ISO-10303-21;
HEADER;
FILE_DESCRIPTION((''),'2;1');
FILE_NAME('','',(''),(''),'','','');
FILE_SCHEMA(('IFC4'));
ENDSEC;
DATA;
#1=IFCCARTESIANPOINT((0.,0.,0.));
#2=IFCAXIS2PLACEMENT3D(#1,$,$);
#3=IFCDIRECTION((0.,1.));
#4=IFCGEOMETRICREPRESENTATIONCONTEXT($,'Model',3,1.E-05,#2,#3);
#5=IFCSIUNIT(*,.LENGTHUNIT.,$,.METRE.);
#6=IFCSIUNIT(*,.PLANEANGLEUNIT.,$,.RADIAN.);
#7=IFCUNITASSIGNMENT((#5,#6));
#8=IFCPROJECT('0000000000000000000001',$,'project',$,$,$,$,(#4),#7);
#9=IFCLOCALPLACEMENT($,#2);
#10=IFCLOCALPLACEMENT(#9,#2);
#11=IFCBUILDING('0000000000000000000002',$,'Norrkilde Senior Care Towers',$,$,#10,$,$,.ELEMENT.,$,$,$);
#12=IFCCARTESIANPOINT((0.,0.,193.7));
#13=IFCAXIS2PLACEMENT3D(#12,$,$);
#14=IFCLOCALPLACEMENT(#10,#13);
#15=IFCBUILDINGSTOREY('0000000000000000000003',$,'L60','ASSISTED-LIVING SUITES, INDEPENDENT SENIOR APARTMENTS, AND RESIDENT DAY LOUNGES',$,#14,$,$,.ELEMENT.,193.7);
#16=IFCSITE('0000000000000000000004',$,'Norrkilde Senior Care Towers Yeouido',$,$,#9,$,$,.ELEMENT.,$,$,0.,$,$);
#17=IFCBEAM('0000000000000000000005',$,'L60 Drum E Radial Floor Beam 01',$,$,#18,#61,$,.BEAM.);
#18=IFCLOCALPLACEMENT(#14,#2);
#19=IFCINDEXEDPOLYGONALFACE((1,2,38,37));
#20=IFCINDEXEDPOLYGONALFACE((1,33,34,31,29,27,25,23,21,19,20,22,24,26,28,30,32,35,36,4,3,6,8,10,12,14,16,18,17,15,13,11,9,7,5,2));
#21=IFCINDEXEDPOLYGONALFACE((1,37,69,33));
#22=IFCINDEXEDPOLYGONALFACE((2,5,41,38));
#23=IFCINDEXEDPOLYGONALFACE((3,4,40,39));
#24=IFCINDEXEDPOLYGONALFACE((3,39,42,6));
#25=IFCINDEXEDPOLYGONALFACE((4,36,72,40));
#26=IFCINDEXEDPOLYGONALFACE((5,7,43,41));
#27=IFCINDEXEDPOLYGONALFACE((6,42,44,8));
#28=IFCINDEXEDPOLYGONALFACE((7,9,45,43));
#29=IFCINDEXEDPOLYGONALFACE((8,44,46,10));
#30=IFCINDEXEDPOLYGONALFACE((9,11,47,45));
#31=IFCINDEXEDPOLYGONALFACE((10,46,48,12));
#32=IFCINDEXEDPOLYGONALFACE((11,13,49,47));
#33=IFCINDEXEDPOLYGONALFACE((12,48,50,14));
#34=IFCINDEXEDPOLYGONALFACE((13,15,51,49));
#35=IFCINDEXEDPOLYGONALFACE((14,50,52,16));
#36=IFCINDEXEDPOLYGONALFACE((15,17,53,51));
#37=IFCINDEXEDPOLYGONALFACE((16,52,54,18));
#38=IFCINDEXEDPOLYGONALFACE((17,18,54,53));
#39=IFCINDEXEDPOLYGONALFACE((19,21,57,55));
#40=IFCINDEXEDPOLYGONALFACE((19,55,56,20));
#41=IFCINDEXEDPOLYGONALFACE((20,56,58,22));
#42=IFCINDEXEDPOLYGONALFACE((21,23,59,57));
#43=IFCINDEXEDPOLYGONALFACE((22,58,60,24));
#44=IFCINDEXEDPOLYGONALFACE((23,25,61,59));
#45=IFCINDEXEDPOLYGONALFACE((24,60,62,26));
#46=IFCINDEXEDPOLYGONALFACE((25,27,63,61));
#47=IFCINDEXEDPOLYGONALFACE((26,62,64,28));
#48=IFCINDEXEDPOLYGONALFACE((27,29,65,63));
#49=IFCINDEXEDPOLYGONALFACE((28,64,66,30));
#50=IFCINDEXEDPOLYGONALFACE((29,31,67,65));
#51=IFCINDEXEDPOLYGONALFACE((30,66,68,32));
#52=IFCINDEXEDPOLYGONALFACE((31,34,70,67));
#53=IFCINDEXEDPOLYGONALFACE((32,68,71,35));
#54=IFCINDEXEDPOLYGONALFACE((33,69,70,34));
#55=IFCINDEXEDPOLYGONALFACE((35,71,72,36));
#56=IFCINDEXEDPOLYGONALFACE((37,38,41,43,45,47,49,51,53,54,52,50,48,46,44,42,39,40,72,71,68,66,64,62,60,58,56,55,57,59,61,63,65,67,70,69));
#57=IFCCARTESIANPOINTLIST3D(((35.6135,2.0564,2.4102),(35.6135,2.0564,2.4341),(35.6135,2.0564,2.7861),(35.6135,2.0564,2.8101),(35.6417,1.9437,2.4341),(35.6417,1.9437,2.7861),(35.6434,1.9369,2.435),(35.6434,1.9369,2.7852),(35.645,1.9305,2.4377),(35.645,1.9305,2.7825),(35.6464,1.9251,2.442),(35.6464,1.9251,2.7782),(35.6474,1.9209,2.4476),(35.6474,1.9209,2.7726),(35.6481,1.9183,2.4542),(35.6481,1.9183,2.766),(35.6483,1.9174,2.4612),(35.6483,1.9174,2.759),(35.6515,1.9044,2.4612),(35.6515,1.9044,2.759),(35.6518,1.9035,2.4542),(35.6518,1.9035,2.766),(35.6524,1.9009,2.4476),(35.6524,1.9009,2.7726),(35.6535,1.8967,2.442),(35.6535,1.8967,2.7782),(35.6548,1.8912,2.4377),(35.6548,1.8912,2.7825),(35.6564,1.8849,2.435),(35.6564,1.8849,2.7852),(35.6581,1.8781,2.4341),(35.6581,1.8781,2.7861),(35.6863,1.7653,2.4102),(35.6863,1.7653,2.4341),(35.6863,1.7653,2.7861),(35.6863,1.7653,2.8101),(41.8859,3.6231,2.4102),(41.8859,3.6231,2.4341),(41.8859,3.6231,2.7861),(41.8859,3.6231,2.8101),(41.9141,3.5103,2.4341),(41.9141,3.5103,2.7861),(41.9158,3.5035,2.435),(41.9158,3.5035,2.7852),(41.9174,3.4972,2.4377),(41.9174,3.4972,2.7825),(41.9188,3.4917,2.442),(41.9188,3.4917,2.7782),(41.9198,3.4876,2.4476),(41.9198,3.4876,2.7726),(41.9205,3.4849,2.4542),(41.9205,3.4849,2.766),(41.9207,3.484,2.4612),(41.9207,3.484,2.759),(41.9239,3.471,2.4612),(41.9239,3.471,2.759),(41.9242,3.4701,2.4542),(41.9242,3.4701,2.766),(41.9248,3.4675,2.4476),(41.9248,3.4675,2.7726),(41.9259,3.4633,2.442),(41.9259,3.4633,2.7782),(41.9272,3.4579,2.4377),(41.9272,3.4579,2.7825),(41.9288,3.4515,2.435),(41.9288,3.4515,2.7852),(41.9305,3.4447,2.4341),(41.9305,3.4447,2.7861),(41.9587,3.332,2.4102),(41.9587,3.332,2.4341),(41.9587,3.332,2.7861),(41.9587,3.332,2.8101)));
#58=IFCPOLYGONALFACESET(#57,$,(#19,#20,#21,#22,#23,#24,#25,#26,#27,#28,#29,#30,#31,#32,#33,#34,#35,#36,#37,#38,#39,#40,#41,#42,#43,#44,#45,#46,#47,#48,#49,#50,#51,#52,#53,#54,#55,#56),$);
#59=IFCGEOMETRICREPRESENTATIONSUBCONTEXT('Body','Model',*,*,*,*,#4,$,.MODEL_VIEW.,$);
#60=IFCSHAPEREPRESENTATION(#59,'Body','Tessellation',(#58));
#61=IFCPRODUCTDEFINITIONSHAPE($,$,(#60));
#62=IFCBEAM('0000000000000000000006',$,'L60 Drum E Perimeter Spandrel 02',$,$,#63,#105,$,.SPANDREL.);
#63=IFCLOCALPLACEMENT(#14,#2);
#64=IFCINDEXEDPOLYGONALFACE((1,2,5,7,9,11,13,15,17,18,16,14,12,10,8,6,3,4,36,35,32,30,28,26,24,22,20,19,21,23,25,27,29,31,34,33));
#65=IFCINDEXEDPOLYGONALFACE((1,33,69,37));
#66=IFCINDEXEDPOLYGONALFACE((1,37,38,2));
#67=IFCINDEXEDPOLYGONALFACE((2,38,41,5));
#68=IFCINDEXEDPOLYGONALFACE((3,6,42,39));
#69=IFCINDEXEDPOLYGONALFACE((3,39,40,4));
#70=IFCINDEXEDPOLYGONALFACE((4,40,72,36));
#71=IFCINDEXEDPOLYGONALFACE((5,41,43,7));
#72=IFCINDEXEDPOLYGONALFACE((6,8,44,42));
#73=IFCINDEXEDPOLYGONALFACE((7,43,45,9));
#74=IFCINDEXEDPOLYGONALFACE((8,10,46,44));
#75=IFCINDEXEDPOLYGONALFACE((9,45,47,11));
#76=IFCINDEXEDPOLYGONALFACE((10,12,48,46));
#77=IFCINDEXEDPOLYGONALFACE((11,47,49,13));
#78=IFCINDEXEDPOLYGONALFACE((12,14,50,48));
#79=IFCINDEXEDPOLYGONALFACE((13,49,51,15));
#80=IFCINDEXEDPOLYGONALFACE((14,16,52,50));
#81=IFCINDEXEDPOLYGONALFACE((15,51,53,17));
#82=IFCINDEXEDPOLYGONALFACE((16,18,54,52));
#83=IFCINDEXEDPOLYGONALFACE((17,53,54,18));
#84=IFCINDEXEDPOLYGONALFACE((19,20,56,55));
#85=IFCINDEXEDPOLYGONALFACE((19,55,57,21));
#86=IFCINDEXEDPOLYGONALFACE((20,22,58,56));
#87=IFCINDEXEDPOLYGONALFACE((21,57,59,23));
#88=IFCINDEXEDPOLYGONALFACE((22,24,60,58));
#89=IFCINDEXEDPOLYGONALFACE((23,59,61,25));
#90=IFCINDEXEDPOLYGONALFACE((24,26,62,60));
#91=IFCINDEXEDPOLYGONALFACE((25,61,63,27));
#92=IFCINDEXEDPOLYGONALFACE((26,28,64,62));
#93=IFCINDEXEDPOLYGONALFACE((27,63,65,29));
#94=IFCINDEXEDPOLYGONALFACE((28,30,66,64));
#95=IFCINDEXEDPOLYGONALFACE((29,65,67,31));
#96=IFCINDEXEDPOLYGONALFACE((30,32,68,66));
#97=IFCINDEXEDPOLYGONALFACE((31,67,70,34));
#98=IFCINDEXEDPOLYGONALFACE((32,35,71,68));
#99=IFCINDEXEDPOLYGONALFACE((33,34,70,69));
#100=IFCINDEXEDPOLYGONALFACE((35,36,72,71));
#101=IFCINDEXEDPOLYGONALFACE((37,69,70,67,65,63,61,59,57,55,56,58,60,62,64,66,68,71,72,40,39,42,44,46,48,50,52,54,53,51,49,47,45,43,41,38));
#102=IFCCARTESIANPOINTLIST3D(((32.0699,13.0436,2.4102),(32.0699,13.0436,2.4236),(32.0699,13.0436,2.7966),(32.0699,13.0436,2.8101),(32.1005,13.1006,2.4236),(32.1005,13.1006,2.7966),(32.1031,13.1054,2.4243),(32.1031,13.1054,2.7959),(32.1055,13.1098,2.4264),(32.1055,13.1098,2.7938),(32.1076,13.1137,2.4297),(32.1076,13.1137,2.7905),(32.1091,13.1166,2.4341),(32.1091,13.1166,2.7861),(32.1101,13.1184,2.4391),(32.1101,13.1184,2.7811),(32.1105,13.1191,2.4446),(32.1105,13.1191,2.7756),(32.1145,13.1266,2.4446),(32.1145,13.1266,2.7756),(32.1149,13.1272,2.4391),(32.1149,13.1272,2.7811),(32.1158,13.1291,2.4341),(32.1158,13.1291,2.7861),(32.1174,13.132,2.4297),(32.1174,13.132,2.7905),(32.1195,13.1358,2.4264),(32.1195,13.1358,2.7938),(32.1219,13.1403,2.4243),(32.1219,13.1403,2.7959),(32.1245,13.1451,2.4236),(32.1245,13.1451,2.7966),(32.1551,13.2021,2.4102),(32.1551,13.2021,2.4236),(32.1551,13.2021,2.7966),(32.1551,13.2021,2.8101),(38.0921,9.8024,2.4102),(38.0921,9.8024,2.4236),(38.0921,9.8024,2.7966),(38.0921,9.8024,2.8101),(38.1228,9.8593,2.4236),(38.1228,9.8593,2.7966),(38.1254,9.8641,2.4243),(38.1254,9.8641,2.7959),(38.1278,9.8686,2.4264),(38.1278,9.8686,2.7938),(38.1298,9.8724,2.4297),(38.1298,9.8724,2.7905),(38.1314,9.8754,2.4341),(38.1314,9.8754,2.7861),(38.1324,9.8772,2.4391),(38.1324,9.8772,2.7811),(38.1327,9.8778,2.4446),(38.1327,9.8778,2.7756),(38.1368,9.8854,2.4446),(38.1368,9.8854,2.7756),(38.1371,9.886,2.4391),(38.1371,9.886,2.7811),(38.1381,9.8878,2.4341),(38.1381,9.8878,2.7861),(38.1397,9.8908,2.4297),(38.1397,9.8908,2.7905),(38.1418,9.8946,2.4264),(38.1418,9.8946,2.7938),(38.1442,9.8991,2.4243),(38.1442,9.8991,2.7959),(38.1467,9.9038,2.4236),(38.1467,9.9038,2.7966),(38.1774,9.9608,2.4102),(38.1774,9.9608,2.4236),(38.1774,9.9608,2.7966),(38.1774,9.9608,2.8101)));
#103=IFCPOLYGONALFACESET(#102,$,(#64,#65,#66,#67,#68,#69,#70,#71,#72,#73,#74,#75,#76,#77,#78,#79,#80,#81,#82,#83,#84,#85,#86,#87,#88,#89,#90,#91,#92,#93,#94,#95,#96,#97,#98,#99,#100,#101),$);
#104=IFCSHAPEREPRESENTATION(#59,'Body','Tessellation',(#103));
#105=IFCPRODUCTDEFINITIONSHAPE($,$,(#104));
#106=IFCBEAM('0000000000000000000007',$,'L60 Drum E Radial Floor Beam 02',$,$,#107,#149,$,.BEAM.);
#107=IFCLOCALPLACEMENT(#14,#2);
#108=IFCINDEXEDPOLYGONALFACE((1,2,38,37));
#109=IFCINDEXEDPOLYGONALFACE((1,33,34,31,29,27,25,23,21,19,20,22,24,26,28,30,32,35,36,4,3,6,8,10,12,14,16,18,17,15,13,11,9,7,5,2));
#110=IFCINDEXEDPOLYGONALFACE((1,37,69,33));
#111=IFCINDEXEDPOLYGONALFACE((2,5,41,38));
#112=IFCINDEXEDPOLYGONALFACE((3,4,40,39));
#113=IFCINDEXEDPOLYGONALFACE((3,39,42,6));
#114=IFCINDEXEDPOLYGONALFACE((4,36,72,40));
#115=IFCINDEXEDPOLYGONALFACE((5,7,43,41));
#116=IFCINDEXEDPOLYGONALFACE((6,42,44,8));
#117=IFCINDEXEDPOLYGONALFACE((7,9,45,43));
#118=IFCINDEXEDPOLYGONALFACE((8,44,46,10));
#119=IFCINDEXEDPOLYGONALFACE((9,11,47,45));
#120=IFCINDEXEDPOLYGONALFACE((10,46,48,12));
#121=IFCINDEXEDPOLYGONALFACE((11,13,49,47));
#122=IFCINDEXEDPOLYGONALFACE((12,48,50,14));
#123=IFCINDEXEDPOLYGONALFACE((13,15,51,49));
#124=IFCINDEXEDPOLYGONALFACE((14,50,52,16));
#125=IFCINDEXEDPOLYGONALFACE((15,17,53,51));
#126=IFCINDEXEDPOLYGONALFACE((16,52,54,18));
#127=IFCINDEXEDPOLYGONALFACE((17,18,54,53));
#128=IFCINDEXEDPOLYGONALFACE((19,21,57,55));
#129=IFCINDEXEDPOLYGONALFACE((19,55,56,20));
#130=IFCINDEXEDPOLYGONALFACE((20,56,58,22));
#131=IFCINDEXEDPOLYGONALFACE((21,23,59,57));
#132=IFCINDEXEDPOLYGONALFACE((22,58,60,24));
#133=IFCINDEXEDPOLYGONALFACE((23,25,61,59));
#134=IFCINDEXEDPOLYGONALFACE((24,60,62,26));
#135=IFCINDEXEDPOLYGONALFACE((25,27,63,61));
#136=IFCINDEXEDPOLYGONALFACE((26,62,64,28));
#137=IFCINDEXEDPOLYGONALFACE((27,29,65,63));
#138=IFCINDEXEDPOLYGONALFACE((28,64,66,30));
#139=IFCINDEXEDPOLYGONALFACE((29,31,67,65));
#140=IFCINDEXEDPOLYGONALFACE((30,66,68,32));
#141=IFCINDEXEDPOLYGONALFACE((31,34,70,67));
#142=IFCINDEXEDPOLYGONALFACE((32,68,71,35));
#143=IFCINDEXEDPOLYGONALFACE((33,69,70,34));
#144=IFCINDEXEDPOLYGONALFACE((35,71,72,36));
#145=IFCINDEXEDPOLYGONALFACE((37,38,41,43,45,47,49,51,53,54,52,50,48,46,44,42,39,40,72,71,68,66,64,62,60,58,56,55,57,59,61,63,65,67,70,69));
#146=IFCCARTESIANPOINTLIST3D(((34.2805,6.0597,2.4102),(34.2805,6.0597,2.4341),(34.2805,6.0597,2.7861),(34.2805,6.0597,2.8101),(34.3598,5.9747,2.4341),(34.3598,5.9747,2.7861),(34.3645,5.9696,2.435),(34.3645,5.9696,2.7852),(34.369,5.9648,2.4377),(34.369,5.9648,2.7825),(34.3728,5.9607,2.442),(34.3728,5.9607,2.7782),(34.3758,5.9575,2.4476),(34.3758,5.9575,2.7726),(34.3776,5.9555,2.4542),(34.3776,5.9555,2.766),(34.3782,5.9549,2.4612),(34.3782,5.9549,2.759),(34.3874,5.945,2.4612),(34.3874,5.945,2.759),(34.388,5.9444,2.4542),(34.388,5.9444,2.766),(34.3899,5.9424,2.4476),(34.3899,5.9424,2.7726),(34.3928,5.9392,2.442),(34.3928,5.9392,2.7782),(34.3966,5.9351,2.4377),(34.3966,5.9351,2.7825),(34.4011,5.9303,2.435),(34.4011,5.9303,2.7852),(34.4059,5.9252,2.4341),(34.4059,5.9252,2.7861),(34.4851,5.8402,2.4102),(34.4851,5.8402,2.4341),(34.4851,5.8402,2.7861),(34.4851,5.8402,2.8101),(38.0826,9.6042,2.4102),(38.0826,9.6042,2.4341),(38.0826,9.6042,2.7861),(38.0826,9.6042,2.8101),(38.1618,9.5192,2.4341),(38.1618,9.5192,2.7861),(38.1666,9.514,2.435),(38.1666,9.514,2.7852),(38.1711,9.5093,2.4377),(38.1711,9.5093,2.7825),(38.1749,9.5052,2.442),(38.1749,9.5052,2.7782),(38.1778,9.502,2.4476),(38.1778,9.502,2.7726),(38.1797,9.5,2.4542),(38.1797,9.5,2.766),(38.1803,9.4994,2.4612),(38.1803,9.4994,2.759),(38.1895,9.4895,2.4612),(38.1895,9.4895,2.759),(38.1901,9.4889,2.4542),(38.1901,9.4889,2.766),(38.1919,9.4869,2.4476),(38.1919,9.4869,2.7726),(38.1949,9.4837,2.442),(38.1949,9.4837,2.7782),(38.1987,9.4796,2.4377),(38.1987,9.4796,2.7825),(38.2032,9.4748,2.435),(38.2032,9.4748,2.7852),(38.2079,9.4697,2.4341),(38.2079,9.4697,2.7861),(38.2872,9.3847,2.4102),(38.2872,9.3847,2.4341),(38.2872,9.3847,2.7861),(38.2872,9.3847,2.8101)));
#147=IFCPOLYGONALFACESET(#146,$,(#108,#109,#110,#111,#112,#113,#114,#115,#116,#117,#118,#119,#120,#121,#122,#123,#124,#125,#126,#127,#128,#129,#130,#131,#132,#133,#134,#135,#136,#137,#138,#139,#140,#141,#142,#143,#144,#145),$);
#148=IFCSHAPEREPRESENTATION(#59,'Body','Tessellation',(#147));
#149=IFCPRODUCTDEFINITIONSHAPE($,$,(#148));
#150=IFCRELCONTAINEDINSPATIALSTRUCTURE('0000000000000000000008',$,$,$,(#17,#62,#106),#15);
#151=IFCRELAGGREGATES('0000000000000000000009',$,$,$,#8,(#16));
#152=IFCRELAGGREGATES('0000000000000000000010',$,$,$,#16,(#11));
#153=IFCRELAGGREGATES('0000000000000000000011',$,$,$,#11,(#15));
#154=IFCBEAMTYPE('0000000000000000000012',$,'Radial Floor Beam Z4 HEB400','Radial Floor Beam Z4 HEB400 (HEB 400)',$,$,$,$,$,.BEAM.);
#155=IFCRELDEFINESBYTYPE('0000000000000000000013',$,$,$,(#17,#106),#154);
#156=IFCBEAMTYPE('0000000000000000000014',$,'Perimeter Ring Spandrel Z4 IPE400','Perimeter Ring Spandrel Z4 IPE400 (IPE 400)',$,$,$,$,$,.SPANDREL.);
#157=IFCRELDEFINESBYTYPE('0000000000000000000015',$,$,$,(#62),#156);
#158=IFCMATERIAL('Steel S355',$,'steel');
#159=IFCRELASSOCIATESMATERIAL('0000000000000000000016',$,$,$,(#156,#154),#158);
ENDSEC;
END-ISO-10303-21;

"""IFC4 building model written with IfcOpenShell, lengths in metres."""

from ifc_helpers import new_model, si_unit, direction, frame, origin, origin_2d, place, context, subcontext, project, spatial, i_section, extrude, source, transform, mapped, material, material_profile, profile_set, type_object, type_shapes, element, save


model = new_model("IFC4")

# Units and contexts
model_context = context("Model", 3, precision=1e-05, world=origin(), true_north=direction((0.0, 1.0)))
body_context = subcontext(model_context, "Body", "Model", "MODEL_VIEW")
ifc_project = project(units=[si_unit("LENGTHUNIT", "METRE"), si_unit("PLANEANGLEUNIT", "RADIAN")], contexts=[model_context])

# Site, building, storey
site_placement = place(None, origin())
site = spatial("IfcSite", under=ifc_project, at=site_placement, Name="Norrkilde Senior Care Towers Yeouido", CompositionType="ELEMENT", RefElevation=0.0)
building_placement = place(site_placement, origin())
building = spatial("IfcBuilding", under=site, at=building_placement, Name="Norrkilde Senior Care Towers", CompositionType="ELEMENT")
storey_placement = place(building_placement, frame((0.0, 0.0, 193.7)))
storey = spatial("IfcBuildingStorey", under=building, at=storey_placement, Name="L60", Description="ASSISTED-LIVING SUITES, INDEPENDENT SENIOR APARTMENTS, AND RESIDENT DAY LOUNGES", CompositionType="ELEMENT", Elevation=193.7)

# Beams
ifc_material_1 = material(Name="Steel S355", Category="steel")
ifc_material_profile_1 = material_profile(ifc_material_1, i_section(OverallWidth=0.1799, OverallDepth=0.3999, WebThickness=0.0085, FlangeThickness=0.0134, FilletRadius=0.021, at=origin_2d()), Name="IPE 400")
ifc_profile_set_1 = profile_set([ifc_material_profile_1], Name="Steel S355")
beam_type_1 = type_object("IfcBeamType", Name="Perimeter Ring Spandrel Z4 IPE400", Description="Perimeter Ring Spandrel Z4 IPE400 (IPE 400)", PredefinedType="SPANDREL", material=ifc_profile_set_1)
ifc_material_profile_2 = material_profile(ifc_material_1, i_section(OverallWidth=0.3, OverallDepth=0.3999, WebThickness=0.0134, FlangeThickness=0.0239, FilletRadius=0.0271, at=origin_2d()), Name="HEB 400")
ifc_profile_set_2 = profile_set([ifc_material_profile_2], Name="Steel S355")
beam_type_2 = type_object("IfcBeamType", Name="Radial Floor Beam Z4 HEB400", Description="Radial Floor Beam Z4 HEB400 (HEB 400)", PredefinedType="BEAM", material=ifc_profile_set_2)
shared_shape_1 = source(origin(), body_context, "Body", "SweptSolid", [
    extrude(i_section(OverallWidth=0.3, OverallDepth=0.3999, WebThickness=0.0134, FlangeThickness=0.0239, FilletRadius=0.0271, at=origin_2d()), origin(), (0.0, 0.0, 1.0), 6.4651),
])
beam_1_placement = place(storey_placement, frame((35.6499, 1.9109, 2.6101), z_axis=(0.970196, 0.242322, 0.0), x_axis=(-0.242322, 0.970196, 0.0)))
element("IfcBeam", 1, at=beam_1_placement, inside=storey, type_object=beam_type_2, Name="L60 Drum E Radial Floor Beam 01", PredefinedType="BEAM", context=body_context, shape_type="MappedRepresentation", body=[
    mapped(shared_shape_1, transform((0.0, 0.0, 0.0), x_axis=(1.0, 0.0, 0.0), y_axis=(0.0, 1.0, 0.0), z_axis=(0.0, 0.0, 1.0), scale=1.0)),
])
shared_shape_2 = source(origin(), body_context, "Body", "SweptSolid", [
    extrude(i_section(OverallWidth=0.1799, OverallDepth=0.3999, WebThickness=0.0085, FlangeThickness=0.0134, FilletRadius=0.021, at=origin_2d()), origin(), (0.0, 0.0, 1.0), 6.8391),
])
beam_2_placement = place(storey_placement, frame((38.1348, 9.8816, 2.6101), z_axis=(-0.880564, 0.473927, 0.0), x_axis=(-0.473927, -0.880564, 0.0)))
element("IfcBeam", 2, at=beam_2_placement, inside=storey, type_object=beam_type_1, Name="L60 Drum E Perimeter Spandrel 02", PredefinedType="SPANDREL", context=body_context, shape_type="MappedRepresentation", body=[
    mapped(shared_shape_2, transform((0.0, 0.0, 0.0), x_axis=(1.0, 0.0, 0.0), y_axis=(0.0, 1.0, 0.0), z_axis=(0.0, 0.0, 1.0), scale=1.0)),
])
shared_shape_3 = source(origin(), body_context, "Body", "SweptSolid", [
    extrude(i_section(OverallWidth=0.3, OverallDepth=0.3999, WebThickness=0.0134, FlangeThickness=0.0239, FilletRadius=0.0271, at=origin_2d()), origin(), (0.0, 0.0, 1.0), 5.198),
])
type_shapes(beam_type_2, [shared_shape_1, shared_shape_3])
beam_3_placement = place(storey_placement, frame((34.3828, 5.95, 2.6101), z_axis=(0.731449, 0.681896, 0.0), x_axis=(-0.681896, 0.731449, 0.0)))
element("IfcBeam", 3, at=beam_3_placement, inside=storey, type_object=beam_type_2, Name="L60 Drum E Radial Floor Beam 02", PredefinedType="BEAM", context=body_context, shape_type="MappedRepresentation", body=[
    mapped(shared_shape_3, transform((0.0, 0.0, 0.0), x_axis=(1.0, 0.0, 0.0), y_axis=(0.0, 1.0, 0.0), z_axis=(0.0, 0.0, 1.0), scale=1.0)),
])

save(model, "model.ifc")
